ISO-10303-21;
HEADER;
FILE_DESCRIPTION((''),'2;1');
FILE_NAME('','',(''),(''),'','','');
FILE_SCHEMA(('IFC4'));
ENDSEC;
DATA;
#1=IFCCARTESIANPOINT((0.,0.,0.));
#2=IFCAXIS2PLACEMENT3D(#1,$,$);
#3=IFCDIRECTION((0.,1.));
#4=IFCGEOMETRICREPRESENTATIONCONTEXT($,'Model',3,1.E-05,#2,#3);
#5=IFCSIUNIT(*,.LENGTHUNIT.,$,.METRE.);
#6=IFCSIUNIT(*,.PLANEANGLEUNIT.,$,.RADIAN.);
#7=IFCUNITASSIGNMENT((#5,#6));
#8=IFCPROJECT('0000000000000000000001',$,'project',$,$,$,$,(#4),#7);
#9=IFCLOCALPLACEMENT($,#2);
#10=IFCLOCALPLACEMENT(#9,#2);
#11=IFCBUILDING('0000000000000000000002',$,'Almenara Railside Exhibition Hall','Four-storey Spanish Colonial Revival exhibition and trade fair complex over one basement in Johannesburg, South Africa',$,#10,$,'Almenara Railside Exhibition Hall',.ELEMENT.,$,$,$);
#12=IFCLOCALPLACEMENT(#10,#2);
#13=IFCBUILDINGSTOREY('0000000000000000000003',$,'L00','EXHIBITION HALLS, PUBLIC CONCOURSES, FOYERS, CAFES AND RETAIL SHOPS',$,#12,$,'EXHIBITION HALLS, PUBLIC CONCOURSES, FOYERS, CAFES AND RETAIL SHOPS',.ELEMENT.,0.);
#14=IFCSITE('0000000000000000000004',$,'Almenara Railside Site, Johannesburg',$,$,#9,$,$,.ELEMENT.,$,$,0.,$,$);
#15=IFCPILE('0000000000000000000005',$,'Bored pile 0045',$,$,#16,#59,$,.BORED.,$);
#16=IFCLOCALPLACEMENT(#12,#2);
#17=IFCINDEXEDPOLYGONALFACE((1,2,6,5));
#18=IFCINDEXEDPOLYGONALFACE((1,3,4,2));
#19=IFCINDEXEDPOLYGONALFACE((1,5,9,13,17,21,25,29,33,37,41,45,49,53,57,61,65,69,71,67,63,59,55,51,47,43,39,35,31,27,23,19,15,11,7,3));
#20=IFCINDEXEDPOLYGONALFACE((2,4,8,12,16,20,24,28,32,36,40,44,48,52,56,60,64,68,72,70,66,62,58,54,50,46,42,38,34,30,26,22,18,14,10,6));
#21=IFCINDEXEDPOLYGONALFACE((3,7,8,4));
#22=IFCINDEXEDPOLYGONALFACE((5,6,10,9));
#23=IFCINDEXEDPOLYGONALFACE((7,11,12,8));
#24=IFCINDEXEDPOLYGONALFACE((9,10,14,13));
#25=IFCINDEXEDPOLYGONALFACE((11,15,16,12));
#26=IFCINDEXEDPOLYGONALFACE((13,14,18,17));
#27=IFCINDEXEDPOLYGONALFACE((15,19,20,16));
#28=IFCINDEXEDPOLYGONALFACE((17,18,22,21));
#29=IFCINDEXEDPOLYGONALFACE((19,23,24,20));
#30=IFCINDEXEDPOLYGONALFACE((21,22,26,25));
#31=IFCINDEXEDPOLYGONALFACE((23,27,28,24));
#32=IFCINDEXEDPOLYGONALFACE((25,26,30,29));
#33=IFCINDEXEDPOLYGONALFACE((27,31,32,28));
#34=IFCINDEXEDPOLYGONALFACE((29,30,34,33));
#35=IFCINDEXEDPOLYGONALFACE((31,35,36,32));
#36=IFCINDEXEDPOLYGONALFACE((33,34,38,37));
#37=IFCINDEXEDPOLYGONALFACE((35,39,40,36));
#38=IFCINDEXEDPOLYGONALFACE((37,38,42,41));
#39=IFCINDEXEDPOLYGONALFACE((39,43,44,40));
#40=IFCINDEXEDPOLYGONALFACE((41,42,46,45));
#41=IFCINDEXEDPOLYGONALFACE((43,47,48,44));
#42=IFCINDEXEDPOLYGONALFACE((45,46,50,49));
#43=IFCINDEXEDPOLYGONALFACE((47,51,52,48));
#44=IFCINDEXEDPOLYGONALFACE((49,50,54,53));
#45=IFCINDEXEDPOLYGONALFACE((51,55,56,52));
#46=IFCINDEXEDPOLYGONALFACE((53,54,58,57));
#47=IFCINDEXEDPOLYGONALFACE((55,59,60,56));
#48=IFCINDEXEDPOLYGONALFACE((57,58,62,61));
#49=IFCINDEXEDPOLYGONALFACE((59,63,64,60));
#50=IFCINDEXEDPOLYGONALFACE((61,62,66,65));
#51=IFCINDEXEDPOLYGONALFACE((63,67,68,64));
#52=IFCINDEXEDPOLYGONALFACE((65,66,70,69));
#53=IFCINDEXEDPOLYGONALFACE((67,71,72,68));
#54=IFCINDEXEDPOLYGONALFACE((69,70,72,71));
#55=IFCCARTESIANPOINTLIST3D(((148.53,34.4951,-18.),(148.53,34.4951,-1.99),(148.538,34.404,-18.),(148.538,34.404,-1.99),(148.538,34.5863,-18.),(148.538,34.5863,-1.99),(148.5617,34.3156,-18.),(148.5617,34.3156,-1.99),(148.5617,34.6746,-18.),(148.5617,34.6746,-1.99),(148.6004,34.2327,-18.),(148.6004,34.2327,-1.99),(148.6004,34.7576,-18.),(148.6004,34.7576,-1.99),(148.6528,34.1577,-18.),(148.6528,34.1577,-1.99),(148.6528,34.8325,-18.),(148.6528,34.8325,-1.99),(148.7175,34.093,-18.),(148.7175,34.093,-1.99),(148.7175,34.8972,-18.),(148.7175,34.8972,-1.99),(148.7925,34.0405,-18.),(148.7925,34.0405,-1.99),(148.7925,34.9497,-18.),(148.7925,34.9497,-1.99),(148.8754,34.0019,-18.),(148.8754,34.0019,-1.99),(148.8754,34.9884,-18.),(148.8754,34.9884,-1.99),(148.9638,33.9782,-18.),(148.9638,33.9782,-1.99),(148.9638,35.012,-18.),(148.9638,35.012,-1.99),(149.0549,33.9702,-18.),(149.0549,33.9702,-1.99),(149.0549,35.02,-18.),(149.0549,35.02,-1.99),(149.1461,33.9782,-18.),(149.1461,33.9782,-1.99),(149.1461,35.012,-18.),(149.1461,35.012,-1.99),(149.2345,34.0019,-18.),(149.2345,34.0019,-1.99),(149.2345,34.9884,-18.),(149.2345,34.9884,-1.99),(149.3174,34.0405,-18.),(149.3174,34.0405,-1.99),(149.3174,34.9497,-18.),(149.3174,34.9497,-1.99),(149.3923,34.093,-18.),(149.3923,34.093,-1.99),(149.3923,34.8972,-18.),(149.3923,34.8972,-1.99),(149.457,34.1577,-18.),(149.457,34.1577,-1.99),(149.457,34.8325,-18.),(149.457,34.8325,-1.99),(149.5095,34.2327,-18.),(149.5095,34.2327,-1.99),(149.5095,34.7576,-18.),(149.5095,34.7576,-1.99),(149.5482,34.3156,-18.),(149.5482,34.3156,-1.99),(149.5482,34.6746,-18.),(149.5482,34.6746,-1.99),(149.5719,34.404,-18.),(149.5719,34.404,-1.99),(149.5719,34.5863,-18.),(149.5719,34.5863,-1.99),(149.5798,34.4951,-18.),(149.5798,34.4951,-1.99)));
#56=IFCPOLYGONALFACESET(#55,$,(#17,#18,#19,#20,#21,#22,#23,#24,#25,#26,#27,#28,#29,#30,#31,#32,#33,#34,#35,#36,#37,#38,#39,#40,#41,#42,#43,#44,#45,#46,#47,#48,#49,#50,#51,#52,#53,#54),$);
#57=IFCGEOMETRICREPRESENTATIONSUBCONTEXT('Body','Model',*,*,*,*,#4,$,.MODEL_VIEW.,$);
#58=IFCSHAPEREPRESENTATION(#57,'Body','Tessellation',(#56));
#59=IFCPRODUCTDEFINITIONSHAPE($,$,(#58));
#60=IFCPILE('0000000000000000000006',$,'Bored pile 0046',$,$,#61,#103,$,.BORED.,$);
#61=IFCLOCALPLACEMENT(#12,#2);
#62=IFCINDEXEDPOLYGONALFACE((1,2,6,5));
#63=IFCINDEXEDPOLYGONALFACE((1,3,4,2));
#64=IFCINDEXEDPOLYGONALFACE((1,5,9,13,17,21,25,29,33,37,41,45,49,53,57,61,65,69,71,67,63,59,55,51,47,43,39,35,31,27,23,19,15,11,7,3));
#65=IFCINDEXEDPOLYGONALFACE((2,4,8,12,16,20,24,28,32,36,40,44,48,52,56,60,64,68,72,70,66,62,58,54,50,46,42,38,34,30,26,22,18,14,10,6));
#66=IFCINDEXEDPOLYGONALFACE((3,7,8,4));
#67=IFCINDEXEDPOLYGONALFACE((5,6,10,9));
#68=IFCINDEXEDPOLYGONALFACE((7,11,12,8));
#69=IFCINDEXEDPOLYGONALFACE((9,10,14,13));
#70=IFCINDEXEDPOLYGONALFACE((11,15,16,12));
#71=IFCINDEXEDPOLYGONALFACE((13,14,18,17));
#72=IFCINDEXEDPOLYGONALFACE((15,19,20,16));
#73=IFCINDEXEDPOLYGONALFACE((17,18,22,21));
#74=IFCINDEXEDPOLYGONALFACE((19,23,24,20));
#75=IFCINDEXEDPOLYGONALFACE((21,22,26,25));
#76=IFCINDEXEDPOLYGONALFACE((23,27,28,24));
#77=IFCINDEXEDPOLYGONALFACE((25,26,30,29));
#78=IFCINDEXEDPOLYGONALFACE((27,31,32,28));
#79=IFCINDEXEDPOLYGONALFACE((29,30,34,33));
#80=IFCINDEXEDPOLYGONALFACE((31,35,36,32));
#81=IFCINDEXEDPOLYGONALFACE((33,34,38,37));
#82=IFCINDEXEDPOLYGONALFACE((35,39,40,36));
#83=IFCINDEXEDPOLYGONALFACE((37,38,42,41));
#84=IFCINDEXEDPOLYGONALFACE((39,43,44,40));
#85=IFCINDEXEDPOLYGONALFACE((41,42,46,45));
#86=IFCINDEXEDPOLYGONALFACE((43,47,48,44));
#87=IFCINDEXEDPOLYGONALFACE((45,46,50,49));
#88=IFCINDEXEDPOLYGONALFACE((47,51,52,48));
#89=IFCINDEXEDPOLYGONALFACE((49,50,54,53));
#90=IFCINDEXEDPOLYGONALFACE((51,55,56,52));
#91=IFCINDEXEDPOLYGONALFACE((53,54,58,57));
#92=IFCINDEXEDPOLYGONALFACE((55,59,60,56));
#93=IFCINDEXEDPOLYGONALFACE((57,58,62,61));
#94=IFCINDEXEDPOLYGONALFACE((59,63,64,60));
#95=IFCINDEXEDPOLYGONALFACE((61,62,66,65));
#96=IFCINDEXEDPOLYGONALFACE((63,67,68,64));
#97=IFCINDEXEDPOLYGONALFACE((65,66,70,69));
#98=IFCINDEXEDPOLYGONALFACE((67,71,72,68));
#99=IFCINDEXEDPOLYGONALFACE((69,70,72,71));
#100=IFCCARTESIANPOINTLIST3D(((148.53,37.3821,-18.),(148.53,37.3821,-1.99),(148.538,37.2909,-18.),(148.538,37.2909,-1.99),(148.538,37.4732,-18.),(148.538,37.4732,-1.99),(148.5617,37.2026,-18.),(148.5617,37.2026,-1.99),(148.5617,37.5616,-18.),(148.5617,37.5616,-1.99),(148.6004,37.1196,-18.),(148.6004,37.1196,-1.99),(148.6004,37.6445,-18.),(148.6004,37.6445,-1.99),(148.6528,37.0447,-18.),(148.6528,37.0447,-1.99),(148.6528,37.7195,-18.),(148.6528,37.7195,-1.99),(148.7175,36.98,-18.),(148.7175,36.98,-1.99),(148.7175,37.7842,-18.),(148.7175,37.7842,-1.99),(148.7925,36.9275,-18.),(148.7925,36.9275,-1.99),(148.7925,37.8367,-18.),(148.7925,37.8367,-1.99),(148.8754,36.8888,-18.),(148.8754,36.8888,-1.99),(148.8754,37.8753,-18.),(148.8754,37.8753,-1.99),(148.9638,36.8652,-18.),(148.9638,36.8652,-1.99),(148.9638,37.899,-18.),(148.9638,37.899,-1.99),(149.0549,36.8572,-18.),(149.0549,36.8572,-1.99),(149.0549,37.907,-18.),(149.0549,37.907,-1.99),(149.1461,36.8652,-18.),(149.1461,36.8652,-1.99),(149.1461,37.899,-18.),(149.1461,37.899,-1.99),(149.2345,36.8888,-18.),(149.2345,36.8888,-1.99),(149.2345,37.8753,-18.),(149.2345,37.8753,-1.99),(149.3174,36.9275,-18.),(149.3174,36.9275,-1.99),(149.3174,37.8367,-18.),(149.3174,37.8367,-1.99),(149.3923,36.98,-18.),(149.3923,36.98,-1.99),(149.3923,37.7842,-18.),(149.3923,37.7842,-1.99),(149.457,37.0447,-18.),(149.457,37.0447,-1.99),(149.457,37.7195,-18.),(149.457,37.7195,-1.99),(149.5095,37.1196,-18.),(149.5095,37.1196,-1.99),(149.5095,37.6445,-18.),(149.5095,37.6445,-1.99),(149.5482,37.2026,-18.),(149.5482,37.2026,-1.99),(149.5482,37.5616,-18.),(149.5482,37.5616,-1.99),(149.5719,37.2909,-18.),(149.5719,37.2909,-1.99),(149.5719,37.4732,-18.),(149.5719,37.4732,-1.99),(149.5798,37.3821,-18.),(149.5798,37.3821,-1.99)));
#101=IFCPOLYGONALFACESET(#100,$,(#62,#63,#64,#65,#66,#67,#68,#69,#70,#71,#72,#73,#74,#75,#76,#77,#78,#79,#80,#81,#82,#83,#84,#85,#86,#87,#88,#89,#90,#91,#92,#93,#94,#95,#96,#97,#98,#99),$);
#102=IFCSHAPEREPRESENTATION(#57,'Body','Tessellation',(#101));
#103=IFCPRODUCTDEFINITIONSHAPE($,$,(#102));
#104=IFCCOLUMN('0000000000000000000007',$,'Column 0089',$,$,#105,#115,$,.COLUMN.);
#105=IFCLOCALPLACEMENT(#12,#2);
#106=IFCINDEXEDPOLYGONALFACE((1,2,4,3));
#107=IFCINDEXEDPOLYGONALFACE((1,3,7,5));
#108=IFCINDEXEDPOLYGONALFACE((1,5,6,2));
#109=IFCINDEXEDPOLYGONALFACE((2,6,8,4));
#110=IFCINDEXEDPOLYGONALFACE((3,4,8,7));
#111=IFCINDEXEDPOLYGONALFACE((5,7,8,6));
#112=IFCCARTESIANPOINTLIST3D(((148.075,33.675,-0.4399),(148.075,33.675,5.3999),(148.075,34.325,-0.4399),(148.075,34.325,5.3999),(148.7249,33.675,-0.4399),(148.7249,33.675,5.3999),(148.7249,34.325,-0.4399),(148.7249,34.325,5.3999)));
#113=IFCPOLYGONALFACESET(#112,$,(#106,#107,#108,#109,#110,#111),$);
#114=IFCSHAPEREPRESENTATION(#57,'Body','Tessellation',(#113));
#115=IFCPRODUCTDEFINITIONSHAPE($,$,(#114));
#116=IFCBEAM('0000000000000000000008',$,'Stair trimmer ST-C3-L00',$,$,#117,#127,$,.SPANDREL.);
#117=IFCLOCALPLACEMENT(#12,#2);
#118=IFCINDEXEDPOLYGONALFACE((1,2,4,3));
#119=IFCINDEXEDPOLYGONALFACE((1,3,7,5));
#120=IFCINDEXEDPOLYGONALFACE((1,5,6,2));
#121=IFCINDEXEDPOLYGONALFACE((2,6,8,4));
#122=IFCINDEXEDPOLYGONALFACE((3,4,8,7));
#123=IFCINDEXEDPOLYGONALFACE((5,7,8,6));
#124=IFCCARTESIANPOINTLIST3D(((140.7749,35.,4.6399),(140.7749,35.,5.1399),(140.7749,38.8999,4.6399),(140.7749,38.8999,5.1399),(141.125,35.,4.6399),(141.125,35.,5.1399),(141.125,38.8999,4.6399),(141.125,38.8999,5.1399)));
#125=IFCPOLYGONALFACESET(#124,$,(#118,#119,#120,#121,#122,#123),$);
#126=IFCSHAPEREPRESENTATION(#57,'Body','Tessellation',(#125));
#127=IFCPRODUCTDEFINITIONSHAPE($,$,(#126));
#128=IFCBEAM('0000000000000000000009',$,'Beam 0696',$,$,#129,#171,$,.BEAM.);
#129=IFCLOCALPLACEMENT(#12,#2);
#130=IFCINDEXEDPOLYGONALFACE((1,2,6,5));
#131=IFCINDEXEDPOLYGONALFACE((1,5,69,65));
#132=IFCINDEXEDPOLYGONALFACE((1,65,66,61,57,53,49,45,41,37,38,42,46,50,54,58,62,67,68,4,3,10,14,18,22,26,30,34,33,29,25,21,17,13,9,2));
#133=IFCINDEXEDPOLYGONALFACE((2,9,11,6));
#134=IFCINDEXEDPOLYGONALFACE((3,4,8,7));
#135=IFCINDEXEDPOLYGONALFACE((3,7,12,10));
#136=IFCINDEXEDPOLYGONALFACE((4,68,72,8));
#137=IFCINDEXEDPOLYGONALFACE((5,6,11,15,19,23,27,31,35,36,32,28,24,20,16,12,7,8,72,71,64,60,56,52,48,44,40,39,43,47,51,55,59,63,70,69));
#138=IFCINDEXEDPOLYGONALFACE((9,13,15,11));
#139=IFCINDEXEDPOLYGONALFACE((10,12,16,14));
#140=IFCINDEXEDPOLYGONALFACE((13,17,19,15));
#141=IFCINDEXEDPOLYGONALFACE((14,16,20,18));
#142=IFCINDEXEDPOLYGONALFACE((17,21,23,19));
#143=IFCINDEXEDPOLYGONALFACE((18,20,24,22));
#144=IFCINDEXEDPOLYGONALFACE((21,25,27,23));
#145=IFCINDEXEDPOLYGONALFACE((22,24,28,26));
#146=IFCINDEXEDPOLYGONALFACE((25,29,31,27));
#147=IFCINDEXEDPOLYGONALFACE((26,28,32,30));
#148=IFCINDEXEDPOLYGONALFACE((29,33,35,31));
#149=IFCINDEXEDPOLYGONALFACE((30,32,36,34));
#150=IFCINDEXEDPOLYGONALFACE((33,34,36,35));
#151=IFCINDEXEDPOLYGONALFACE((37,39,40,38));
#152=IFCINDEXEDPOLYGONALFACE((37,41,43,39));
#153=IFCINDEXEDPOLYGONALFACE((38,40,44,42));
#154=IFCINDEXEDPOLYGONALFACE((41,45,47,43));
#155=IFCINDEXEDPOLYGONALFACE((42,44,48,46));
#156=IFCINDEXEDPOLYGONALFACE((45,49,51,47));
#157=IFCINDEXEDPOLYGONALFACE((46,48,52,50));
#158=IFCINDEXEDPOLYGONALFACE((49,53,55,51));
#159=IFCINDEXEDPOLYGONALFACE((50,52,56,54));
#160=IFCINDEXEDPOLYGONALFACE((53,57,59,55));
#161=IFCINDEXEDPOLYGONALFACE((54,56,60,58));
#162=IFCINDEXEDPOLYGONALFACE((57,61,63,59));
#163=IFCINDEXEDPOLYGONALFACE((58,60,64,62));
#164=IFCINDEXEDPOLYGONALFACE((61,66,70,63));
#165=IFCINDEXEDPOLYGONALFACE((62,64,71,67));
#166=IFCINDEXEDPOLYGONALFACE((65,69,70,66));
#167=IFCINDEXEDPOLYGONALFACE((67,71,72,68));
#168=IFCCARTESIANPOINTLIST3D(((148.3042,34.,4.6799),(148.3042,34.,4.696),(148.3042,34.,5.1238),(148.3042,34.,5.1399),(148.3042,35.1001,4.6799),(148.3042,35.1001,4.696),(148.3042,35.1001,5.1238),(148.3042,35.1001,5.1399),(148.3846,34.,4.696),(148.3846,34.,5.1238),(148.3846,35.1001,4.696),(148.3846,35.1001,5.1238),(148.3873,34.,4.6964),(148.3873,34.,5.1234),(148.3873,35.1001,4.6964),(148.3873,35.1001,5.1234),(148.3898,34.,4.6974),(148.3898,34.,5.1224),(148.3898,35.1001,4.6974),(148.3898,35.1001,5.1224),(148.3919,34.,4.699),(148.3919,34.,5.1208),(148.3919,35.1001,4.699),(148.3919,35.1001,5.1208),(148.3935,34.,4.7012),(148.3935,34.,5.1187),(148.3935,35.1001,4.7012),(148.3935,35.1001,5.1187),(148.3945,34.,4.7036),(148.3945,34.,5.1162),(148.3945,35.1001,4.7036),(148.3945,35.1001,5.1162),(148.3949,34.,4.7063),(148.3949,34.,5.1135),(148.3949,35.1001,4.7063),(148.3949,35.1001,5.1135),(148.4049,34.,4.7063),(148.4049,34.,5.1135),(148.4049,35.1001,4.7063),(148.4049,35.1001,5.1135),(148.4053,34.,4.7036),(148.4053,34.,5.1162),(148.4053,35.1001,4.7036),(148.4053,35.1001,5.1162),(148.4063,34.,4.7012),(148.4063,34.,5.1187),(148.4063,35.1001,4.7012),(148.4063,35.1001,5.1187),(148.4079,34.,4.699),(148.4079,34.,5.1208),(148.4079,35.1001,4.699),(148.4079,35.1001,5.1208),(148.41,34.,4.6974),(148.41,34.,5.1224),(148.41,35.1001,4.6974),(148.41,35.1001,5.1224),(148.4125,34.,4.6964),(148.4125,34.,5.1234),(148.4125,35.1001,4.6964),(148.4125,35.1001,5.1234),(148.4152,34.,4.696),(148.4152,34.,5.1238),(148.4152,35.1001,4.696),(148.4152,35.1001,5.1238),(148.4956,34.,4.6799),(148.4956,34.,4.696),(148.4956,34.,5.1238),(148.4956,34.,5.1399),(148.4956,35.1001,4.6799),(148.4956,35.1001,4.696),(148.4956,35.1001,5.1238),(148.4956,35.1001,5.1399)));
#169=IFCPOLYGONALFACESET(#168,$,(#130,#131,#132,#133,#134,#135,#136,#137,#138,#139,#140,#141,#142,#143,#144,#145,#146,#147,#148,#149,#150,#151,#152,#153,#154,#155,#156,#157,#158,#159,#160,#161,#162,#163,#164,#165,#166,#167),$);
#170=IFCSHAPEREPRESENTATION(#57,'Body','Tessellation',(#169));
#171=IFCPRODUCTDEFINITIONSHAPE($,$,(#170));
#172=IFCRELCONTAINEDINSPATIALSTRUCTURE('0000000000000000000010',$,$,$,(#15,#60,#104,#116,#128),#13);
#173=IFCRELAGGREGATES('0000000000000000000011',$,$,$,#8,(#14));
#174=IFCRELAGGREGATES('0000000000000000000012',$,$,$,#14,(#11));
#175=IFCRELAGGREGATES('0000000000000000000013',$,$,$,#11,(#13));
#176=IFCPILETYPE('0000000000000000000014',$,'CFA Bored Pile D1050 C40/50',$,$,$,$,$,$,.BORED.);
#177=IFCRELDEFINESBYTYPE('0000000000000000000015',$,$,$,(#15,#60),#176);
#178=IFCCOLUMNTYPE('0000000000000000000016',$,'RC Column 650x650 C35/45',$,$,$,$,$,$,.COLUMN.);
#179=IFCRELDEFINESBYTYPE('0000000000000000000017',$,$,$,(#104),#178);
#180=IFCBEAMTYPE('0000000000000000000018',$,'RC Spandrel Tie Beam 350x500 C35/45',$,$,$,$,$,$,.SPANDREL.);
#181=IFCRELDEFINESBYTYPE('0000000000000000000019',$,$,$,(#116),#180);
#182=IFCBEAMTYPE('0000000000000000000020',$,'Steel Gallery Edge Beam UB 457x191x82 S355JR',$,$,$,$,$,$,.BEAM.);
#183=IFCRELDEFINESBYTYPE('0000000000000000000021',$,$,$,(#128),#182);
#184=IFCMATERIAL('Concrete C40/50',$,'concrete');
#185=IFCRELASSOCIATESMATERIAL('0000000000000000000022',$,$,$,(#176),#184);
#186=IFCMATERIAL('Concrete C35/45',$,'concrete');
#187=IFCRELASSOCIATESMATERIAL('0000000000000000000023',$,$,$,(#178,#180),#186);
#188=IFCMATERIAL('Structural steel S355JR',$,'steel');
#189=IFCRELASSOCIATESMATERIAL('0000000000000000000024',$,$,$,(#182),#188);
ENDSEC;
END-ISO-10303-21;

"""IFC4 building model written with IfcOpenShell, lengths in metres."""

from ifc_helpers import new_model, si_unit, direction, frame, origin, origin_2d, place, context, subcontext, project, spatial, rectangle, circle, i_section, extrude, material, material_profile, profile_set, type_object, element, save


model = new_model("IFC4")

# Units and contexts
model_context = context("Model", 3, precision=1e-05, world=origin(), true_north=direction((0.0, 1.0)))
body_context = subcontext(model_context, "Body", "Model", "MODEL_VIEW")
ifc_project = project(units=[si_unit("LENGTHUNIT", "METRE"), si_unit("PLANEANGLEUNIT", "RADIAN")], contexts=[model_context])

# Site, building, storey
site_placement = place(None, origin())
site = spatial("IfcSite", under=ifc_project, at=site_placement, Name="Almenara Railside Site, Johannesburg", CompositionType="ELEMENT", RefElevation=0.0)
building_placement = place(site_placement, origin())
building = spatial("IfcBuilding", under=site, at=building_placement, Name="Almenara Railside Exhibition Hall", Description="Four-storey Spanish Colonial Revival exhibition and trade fair complex over one basement in Johannesburg, South Africa", LongName="Almenara Railside Exhibition Hall", CompositionType="ELEMENT")
storey_placement = place(building_placement, origin())
storey = spatial("IfcBuildingStorey", under=building, at=storey_placement, Name="L00", Description="EXHIBITION HALLS, PUBLIC CONCOURSES, FOYERS, CAFES AND RETAIL SHOPS", LongName="EXHIBITION HALLS, PUBLIC CONCOURSES, FOYERS, CAFES AND RETAIL SHOPS", CompositionType="ELEMENT", Elevation=0.0)

# Piles
ifc_material_1 = material(Name="Concrete C40/50", Category="concrete")
ifc_material_profile_1 = material_profile(ifc_material_1, circle(Radius=0.5249, at=origin_2d()), Name="CFA-PILE D1050")
ifc_profile_set_1 = profile_set([ifc_material_profile_1], Name="Concrete C40/50")
pile_type = type_object("IfcPileType", Name="CFA Bored Pile D1050 C40/50", PredefinedType="BORED", material=ifc_profile_set_1)
for number, where, z_axis, x_axis, name in (
    (1, (149.0549, 34.4951, -1.99), (0.0, 0.0, -1.0), (1.0, 0.0, 0.0), "Bored pile 0045"),
    (2, (149.0549, 37.3821, -1.99), (0.0, 0.0, -1.0), (1.0, 0.0, 0.0), "Bored pile 0046"),
):
    element("IfcPile", number, at=place(storey_placement, frame(where, z_axis=z_axis, x_axis=x_axis)), inside=storey, type_object=pile_type, Name=name, PredefinedType="BORED", context=body_context, shape_type="SweptSolid", body=[
        extrude(circle(Radius=0.5249, at=origin_2d()), origin(), (0.0, 0.0, 1.0), 16.01),
    ])

# Column
ifc_material_2 = material(Name="Concrete C35/45", Category="concrete")
ifc_material_profile_2 = material_profile(ifc_material_2, rectangle(XDim=0.6499, YDim=0.6499, at=origin_2d()), Name="RC 650x650")
ifc_profile_set_2 = profile_set([ifc_material_profile_2], Name="Concrete C35/45")
column_type = type_object("IfcColumnType", Name="RC Column 650x650 C35/45", PredefinedType="COLUMN", material=ifc_profile_set_2)
column_placement = place(storey_placement, frame((148.3999, 34.0, -0.4399), z_axis=(0.0, 0.0, 1.0), x_axis=(1.0, 0.0, 0.0)))
element("IfcColumn", 3, at=column_placement, inside=storey, type_object=column_type, Name="Column 0089", PredefinedType="COLUMN", context=body_context, shape_type="SweptSolid", body=[
    extrude(rectangle(XDim=0.6499, YDim=0.6499, at=origin_2d()), origin(), (0.0, 0.0, 1.0), 5.8398),
])

# Beams
ifc_material_profile_3 = material_profile(ifc_material_2, rectangle(XDim=0.3501, YDim=0.5, at=origin_2d()), Name="RC 350x500")
ifc_profile_set_3 = profile_set([ifc_material_profile_3], Name="Concrete C35/45")
beam_type_1 = type_object("IfcBeamType", Name="RC Spandrel Tie Beam 350x500 C35/45", PredefinedType="SPANDREL", material=ifc_profile_set_3)
beam_1_placement = place(storey_placement, frame((140.95, 35.0, 4.8899), z_axis=(0.0, 1.0, 0.0), x_axis=(-1.0, 0.0, 0.0)))
element("IfcBeam", 4, at=beam_1_placement, inside=storey, type_object=beam_type_1, Name="Stair trimmer ST-C3-L00", PredefinedType="SPANDREL", context=body_context, shape_type="SweptSolid", body=[
    extrude(rectangle(XDim=0.3501, YDim=0.5, at=origin_2d()), origin(), (0.0, 0.0, 1.0), 3.8999),
])
ifc_material_3 = material(Name="Structural steel S355JR", Category="steel")
ifc_material_profile_4 = material_profile(ifc_material_3, i_section(OverallWidth=0.1914, OverallDepth=0.46, WebThickness=0.01, FlangeThickness=0.0161, FilletRadius=0.0103, at=origin_2d()), Name="UB 457x191x82")
ifc_profile_set_4 = profile_set([ifc_material_profile_4], Name="Structural steel S355JR")
beam_type_2 = type_object("IfcBeamType", Name="Steel Gallery Edge Beam UB 457x191x82 S355JR", PredefinedType="BEAM", material=ifc_profile_set_4)
beam_2_placement = place(storey_placement, frame((148.3999, 34.0, 4.9099), z_axis=(0.0, 1.0, 0.0), x_axis=(-1.0, 0.0, 0.0)))
element("IfcBeam", 5, at=beam_2_placement, inside=storey, type_object=beam_type_2, Name="Beam 0696", PredefinedType="BEAM", context=body_context, shape_type="SweptSolid", body=[
    extrude(i_section(OverallWidth=0.1914, OverallDepth=0.46, WebThickness=0.01, FlangeThickness=0.0161, FilletRadius=0.0103, at=origin_2d()), origin(), (0.0, 0.0, 1.0), 1.1001),
])

save(model, "model.ifc")
